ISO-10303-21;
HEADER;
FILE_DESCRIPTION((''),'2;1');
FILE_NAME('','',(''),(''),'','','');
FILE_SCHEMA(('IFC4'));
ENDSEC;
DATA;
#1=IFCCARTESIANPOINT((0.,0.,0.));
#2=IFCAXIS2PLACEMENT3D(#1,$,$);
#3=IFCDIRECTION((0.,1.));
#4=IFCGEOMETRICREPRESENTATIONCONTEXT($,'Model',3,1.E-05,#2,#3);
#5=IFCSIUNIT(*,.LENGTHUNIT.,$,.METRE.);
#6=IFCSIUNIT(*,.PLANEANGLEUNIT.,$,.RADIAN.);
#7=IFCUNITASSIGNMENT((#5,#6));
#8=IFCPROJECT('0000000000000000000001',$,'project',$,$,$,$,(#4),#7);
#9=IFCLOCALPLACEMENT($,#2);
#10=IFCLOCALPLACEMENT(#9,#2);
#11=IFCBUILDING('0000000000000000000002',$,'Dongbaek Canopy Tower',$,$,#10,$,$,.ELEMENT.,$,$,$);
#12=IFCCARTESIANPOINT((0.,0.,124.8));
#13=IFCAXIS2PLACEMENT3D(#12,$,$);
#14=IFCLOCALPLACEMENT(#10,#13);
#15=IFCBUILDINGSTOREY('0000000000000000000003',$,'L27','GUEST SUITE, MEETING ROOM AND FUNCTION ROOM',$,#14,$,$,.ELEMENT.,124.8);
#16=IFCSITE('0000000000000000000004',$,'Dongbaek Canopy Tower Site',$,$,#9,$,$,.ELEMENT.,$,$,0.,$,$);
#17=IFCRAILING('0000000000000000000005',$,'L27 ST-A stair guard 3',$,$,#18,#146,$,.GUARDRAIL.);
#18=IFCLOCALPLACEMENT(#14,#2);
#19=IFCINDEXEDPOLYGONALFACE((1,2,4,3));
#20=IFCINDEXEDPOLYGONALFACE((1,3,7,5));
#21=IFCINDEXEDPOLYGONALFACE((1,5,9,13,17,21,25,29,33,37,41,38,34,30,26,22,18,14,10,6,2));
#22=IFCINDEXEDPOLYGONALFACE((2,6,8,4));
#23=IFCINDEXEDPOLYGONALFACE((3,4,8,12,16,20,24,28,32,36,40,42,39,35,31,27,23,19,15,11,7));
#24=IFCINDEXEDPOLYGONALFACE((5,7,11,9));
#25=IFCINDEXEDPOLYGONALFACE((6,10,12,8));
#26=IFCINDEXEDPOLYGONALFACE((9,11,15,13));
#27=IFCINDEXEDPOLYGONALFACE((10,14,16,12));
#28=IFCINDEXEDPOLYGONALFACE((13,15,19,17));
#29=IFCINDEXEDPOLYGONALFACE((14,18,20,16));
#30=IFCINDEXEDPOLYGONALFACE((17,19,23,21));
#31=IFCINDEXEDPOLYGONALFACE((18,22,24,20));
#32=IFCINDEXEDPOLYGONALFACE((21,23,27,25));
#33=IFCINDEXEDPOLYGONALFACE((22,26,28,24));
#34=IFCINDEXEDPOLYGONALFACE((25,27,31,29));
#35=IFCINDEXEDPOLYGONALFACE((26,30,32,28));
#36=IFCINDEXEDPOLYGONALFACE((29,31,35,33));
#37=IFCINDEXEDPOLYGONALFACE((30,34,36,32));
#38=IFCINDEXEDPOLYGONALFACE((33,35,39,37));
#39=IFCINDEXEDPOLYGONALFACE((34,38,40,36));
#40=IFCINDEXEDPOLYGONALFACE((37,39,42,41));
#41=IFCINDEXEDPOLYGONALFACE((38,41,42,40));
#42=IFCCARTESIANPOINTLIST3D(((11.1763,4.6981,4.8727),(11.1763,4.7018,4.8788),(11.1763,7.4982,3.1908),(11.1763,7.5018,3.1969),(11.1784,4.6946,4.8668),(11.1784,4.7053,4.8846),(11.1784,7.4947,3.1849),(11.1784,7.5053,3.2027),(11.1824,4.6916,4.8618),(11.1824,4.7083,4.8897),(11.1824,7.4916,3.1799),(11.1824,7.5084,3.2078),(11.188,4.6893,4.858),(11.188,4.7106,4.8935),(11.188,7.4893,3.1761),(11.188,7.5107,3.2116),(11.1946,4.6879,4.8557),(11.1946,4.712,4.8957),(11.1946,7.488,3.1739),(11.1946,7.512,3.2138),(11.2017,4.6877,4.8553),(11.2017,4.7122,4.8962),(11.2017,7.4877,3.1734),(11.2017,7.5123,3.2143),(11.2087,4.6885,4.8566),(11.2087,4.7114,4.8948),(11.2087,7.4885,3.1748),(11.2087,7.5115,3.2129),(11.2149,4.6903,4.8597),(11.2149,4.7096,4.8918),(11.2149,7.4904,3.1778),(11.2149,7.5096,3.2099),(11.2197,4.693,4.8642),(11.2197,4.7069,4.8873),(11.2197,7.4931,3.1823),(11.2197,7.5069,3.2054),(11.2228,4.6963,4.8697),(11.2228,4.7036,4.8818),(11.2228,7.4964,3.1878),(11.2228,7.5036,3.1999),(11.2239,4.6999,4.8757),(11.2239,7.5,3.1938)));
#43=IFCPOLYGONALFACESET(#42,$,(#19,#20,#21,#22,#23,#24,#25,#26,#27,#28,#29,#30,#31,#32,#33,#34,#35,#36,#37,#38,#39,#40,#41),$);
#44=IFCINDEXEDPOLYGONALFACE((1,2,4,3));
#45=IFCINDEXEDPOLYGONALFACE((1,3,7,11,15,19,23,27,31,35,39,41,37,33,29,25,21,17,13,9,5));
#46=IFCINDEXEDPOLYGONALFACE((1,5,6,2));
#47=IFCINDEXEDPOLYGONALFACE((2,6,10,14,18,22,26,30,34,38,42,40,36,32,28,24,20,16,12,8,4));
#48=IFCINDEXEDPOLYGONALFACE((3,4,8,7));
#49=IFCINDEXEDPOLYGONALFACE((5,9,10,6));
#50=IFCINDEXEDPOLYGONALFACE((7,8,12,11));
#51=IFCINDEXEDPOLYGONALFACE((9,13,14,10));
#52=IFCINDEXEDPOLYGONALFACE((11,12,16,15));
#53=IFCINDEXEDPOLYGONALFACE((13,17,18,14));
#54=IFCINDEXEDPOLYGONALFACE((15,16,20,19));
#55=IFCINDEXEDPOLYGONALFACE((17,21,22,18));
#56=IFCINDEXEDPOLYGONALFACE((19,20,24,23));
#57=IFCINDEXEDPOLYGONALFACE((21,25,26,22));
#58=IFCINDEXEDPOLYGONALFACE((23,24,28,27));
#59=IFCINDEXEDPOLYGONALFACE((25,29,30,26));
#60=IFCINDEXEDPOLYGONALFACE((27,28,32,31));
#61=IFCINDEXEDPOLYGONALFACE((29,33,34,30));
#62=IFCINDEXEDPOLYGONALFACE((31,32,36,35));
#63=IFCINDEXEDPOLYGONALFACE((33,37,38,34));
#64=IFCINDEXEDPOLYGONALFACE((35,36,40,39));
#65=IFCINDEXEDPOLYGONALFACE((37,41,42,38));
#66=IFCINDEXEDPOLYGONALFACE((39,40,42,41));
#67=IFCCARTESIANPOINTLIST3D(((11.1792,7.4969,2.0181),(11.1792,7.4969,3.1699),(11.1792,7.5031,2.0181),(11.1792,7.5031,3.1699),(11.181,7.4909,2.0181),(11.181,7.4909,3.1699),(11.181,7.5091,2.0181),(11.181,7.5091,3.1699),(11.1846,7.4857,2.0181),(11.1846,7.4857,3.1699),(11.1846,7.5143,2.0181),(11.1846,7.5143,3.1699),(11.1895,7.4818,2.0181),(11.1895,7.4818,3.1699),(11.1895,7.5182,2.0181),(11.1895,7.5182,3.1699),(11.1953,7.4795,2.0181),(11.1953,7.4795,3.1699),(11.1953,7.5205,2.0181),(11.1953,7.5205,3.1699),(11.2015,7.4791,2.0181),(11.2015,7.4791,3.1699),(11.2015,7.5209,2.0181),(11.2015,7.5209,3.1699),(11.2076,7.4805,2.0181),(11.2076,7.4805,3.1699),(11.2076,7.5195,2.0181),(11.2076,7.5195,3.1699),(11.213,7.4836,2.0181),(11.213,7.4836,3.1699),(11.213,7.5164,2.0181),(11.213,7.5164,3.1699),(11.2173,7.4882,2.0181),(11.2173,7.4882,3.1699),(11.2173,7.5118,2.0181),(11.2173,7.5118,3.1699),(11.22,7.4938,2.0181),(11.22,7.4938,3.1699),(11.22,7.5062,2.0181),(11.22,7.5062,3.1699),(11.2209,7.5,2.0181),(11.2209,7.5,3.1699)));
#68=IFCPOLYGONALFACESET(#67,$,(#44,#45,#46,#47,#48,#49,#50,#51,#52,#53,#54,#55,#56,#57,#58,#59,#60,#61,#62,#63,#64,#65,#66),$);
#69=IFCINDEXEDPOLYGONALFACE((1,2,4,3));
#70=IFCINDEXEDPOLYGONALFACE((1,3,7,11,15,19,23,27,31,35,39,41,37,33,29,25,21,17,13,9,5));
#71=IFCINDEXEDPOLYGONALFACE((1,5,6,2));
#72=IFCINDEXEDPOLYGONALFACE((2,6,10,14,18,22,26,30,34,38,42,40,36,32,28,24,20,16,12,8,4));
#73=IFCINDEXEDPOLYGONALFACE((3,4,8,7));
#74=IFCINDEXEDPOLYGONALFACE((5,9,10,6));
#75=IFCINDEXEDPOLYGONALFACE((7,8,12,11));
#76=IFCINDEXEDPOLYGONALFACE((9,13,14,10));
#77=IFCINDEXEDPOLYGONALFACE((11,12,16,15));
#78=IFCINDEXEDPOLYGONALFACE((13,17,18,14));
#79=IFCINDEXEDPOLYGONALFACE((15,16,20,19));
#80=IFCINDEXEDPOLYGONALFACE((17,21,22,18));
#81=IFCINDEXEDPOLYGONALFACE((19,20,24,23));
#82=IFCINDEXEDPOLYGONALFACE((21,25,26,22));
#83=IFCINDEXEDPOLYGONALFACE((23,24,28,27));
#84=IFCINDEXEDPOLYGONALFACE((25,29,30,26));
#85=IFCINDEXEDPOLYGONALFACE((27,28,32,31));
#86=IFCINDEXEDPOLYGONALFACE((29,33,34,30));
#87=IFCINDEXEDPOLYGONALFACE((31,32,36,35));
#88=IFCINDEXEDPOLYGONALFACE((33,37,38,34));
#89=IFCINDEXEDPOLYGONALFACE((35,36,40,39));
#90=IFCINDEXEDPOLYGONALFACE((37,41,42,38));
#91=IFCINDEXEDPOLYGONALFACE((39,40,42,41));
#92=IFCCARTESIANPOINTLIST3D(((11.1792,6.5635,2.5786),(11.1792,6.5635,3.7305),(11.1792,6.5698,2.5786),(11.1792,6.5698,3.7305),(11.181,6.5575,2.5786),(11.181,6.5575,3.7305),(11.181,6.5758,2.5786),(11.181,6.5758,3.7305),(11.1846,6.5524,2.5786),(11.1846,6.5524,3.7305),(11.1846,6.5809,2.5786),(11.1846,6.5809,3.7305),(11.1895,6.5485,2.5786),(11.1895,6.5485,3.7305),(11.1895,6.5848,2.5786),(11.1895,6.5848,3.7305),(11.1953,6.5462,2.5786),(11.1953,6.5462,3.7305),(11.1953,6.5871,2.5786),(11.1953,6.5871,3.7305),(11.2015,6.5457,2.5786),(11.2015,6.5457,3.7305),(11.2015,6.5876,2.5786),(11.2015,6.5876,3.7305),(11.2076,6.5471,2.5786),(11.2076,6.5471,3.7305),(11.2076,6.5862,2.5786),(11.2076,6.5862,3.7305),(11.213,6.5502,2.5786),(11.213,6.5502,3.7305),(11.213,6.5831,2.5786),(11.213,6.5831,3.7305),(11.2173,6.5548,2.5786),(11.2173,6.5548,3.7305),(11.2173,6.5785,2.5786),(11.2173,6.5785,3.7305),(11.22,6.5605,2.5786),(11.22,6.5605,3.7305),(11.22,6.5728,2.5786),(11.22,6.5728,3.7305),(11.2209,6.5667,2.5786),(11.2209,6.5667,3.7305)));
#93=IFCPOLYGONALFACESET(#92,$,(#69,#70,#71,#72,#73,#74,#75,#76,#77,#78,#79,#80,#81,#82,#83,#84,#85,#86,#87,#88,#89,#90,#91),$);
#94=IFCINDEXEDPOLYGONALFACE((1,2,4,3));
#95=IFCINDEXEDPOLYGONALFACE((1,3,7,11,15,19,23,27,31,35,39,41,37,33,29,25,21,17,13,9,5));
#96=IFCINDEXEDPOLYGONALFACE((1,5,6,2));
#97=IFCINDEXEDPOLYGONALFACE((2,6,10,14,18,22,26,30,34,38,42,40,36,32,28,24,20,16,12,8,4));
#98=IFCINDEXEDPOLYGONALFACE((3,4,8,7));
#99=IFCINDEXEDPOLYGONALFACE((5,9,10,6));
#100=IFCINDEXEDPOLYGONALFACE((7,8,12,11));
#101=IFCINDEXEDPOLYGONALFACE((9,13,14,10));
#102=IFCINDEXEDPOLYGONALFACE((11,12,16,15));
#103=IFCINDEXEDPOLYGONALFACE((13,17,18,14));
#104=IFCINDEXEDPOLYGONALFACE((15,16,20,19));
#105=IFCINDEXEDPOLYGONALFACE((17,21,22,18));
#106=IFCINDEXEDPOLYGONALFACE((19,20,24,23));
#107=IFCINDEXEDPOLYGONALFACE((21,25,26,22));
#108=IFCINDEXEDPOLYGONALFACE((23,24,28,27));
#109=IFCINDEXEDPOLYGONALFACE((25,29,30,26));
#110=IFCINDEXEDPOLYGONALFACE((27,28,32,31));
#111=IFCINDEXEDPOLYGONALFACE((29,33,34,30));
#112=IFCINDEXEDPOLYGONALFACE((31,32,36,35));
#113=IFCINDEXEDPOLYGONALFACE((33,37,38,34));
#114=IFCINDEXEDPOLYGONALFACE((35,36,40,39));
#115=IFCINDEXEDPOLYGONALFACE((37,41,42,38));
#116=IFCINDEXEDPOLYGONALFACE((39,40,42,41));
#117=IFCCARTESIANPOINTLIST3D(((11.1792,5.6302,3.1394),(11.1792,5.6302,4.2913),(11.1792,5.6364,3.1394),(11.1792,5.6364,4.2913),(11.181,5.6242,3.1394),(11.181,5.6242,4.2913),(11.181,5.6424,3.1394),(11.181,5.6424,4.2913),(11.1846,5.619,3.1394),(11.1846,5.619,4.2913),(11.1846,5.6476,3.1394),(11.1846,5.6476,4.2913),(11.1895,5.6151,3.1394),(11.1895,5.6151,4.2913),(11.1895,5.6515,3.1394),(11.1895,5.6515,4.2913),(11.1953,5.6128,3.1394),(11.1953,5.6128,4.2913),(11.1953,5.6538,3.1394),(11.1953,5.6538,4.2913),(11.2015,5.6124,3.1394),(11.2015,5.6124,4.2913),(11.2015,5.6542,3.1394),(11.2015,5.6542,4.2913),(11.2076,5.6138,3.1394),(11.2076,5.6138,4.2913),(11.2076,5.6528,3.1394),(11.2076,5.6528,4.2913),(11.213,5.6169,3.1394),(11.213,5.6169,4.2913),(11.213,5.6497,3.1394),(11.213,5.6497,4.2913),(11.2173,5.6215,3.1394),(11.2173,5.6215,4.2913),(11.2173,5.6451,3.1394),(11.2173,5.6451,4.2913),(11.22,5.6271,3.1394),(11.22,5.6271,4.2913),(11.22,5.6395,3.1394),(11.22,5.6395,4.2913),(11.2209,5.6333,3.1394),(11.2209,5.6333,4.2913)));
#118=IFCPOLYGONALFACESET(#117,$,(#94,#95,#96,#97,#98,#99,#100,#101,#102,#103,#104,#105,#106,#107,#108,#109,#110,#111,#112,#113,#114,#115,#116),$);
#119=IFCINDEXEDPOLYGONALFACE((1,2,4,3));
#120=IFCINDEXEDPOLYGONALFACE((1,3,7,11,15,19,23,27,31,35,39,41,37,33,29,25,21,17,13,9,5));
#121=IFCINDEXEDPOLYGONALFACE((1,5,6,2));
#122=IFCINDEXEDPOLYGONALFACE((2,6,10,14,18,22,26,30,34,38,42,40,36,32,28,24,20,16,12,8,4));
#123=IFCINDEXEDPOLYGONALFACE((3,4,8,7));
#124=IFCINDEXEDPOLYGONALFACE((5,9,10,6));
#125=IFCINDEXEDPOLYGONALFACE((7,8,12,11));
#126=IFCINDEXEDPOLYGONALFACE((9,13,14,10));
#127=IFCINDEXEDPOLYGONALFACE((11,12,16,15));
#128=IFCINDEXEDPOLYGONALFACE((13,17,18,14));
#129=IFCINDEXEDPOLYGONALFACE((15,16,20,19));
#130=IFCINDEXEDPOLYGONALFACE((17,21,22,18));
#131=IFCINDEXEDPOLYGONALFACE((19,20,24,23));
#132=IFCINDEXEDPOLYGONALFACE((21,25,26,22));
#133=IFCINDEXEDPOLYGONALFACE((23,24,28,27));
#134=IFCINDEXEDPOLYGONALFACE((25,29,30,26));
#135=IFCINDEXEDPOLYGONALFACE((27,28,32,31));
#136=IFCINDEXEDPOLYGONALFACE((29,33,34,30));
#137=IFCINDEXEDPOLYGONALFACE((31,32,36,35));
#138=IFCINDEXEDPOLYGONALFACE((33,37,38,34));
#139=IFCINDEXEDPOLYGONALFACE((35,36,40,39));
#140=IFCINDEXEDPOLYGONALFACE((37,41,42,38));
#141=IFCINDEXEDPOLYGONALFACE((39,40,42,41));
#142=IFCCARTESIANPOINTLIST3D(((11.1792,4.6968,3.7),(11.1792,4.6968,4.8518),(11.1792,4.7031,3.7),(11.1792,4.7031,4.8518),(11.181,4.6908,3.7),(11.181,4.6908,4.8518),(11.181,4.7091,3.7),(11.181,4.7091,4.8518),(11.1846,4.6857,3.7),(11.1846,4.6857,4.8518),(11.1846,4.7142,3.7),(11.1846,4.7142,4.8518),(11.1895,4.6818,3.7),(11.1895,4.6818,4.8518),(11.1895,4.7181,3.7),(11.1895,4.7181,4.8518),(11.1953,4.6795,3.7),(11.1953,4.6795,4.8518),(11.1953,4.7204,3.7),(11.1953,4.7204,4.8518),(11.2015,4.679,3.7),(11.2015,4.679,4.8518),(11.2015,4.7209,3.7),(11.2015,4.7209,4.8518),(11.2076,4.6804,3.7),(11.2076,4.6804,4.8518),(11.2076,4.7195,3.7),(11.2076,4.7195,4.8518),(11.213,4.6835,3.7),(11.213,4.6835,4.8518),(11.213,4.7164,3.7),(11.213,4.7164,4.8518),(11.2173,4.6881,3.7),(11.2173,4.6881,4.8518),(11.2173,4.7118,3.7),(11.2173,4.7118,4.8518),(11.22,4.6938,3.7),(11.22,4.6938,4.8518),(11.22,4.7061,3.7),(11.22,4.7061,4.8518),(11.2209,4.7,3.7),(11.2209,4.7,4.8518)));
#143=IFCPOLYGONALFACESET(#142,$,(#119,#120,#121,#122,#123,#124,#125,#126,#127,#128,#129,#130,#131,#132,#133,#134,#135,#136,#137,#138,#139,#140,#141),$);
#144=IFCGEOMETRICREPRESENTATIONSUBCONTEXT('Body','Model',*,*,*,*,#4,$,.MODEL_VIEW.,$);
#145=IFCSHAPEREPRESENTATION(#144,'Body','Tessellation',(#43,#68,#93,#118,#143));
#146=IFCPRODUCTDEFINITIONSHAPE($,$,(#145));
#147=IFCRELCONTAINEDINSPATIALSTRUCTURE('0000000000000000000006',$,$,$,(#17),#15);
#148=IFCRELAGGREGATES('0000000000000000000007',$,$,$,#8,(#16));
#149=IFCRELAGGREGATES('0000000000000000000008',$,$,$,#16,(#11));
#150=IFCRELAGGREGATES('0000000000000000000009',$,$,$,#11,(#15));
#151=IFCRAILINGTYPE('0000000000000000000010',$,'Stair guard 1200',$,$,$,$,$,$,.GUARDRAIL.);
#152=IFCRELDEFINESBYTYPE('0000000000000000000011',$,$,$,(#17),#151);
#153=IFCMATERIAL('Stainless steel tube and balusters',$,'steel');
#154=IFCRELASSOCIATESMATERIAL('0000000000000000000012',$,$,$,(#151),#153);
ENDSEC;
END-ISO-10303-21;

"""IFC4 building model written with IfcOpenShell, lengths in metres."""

from ifc_helpers import new_model, si_unit, direction, frame, origin, origin_2d, place, context, subcontext, project, spatial, circle, extrude, material, type_object, element, save


model = new_model("IFC4")

# Units and contexts
model_context = context("Model", 3, precision=1e-05, world=origin(), true_north=direction((0.0, 1.0)))
body_context = subcontext(model_context, "Body", "Model", "MODEL_VIEW")
ifc_project = project(units=[si_unit("LENGTHUNIT", "METRE"), si_unit("PLANEANGLEUNIT", "RADIAN")], contexts=[model_context])

# Site, building, storey
site_placement = place(None, origin())
site = spatial("IfcSite", under=ifc_project, at=site_placement, Name="Dongbaek Canopy Tower Site", CompositionType="ELEMENT", RefElevation=0.0)
building_placement = place(site_placement, origin())
building = spatial("IfcBuilding", under=site, at=building_placement, Name="Dongbaek Canopy Tower", CompositionType="ELEMENT")
storey_placement = place(building_placement, frame((0.0, 0.0, 124.8)))
storey = spatial("IfcBuildingStorey", under=building, at=storey_placement, Name="L27", Description="GUEST SUITE, MEETING ROOM AND FUNCTION ROOM", CompositionType="ELEMENT", Elevation=124.8)

# Railing
ifc_material_1 = material(Name="Stainless steel tube and balusters", Category="steel")
railing_type_1 = type_object("IfcRailingType", Name="Stair guard 1200", PredefinedType="GUARDRAIL", material=ifc_material_1)
railing_1_placement = place(storey_placement, frame((11.2, 7.5, 2.0181)))
element("IfcRailing", 1, at=railing_1_placement, inside=storey, type_object=railing_type_1, Name="L27 ST-A stair guard 3", PredefinedType="GUARDRAIL", context=body_context, shape_type="SweptSolid", body=[
    extrude(circle(Radius=0.0239, at=origin_2d()), frame((0.0, 0.0, 1.1758), z_axis=(0.0, -0.857242, 0.514913), x_axis=(1.0, 0.0, 0.0)), (0.0, 0.0, 1.0), 3.2664),
    extrude(circle(Radius=0.021, at=origin_2d()), origin(), (0.0, 0.0, 1.0), 1.1519),
    extrude(circle(Radius=0.021, at=origin_2d()), frame((0.0, -0.9333, 0.5605)), (0.0, 0.0, 1.0), 1.1519),
    extrude(circle(Radius=0.021, at=origin_2d()), frame((0.0, -1.8667, 1.1213)), (0.0, 0.0, 1.0), 1.1519),
    extrude(circle(Radius=0.021, at=origin_2d()), frame((0.0, -2.8, 1.6819)), (0.0, 0.0, 1.0), 1.1519),
])

save(model, "model.ifc")
